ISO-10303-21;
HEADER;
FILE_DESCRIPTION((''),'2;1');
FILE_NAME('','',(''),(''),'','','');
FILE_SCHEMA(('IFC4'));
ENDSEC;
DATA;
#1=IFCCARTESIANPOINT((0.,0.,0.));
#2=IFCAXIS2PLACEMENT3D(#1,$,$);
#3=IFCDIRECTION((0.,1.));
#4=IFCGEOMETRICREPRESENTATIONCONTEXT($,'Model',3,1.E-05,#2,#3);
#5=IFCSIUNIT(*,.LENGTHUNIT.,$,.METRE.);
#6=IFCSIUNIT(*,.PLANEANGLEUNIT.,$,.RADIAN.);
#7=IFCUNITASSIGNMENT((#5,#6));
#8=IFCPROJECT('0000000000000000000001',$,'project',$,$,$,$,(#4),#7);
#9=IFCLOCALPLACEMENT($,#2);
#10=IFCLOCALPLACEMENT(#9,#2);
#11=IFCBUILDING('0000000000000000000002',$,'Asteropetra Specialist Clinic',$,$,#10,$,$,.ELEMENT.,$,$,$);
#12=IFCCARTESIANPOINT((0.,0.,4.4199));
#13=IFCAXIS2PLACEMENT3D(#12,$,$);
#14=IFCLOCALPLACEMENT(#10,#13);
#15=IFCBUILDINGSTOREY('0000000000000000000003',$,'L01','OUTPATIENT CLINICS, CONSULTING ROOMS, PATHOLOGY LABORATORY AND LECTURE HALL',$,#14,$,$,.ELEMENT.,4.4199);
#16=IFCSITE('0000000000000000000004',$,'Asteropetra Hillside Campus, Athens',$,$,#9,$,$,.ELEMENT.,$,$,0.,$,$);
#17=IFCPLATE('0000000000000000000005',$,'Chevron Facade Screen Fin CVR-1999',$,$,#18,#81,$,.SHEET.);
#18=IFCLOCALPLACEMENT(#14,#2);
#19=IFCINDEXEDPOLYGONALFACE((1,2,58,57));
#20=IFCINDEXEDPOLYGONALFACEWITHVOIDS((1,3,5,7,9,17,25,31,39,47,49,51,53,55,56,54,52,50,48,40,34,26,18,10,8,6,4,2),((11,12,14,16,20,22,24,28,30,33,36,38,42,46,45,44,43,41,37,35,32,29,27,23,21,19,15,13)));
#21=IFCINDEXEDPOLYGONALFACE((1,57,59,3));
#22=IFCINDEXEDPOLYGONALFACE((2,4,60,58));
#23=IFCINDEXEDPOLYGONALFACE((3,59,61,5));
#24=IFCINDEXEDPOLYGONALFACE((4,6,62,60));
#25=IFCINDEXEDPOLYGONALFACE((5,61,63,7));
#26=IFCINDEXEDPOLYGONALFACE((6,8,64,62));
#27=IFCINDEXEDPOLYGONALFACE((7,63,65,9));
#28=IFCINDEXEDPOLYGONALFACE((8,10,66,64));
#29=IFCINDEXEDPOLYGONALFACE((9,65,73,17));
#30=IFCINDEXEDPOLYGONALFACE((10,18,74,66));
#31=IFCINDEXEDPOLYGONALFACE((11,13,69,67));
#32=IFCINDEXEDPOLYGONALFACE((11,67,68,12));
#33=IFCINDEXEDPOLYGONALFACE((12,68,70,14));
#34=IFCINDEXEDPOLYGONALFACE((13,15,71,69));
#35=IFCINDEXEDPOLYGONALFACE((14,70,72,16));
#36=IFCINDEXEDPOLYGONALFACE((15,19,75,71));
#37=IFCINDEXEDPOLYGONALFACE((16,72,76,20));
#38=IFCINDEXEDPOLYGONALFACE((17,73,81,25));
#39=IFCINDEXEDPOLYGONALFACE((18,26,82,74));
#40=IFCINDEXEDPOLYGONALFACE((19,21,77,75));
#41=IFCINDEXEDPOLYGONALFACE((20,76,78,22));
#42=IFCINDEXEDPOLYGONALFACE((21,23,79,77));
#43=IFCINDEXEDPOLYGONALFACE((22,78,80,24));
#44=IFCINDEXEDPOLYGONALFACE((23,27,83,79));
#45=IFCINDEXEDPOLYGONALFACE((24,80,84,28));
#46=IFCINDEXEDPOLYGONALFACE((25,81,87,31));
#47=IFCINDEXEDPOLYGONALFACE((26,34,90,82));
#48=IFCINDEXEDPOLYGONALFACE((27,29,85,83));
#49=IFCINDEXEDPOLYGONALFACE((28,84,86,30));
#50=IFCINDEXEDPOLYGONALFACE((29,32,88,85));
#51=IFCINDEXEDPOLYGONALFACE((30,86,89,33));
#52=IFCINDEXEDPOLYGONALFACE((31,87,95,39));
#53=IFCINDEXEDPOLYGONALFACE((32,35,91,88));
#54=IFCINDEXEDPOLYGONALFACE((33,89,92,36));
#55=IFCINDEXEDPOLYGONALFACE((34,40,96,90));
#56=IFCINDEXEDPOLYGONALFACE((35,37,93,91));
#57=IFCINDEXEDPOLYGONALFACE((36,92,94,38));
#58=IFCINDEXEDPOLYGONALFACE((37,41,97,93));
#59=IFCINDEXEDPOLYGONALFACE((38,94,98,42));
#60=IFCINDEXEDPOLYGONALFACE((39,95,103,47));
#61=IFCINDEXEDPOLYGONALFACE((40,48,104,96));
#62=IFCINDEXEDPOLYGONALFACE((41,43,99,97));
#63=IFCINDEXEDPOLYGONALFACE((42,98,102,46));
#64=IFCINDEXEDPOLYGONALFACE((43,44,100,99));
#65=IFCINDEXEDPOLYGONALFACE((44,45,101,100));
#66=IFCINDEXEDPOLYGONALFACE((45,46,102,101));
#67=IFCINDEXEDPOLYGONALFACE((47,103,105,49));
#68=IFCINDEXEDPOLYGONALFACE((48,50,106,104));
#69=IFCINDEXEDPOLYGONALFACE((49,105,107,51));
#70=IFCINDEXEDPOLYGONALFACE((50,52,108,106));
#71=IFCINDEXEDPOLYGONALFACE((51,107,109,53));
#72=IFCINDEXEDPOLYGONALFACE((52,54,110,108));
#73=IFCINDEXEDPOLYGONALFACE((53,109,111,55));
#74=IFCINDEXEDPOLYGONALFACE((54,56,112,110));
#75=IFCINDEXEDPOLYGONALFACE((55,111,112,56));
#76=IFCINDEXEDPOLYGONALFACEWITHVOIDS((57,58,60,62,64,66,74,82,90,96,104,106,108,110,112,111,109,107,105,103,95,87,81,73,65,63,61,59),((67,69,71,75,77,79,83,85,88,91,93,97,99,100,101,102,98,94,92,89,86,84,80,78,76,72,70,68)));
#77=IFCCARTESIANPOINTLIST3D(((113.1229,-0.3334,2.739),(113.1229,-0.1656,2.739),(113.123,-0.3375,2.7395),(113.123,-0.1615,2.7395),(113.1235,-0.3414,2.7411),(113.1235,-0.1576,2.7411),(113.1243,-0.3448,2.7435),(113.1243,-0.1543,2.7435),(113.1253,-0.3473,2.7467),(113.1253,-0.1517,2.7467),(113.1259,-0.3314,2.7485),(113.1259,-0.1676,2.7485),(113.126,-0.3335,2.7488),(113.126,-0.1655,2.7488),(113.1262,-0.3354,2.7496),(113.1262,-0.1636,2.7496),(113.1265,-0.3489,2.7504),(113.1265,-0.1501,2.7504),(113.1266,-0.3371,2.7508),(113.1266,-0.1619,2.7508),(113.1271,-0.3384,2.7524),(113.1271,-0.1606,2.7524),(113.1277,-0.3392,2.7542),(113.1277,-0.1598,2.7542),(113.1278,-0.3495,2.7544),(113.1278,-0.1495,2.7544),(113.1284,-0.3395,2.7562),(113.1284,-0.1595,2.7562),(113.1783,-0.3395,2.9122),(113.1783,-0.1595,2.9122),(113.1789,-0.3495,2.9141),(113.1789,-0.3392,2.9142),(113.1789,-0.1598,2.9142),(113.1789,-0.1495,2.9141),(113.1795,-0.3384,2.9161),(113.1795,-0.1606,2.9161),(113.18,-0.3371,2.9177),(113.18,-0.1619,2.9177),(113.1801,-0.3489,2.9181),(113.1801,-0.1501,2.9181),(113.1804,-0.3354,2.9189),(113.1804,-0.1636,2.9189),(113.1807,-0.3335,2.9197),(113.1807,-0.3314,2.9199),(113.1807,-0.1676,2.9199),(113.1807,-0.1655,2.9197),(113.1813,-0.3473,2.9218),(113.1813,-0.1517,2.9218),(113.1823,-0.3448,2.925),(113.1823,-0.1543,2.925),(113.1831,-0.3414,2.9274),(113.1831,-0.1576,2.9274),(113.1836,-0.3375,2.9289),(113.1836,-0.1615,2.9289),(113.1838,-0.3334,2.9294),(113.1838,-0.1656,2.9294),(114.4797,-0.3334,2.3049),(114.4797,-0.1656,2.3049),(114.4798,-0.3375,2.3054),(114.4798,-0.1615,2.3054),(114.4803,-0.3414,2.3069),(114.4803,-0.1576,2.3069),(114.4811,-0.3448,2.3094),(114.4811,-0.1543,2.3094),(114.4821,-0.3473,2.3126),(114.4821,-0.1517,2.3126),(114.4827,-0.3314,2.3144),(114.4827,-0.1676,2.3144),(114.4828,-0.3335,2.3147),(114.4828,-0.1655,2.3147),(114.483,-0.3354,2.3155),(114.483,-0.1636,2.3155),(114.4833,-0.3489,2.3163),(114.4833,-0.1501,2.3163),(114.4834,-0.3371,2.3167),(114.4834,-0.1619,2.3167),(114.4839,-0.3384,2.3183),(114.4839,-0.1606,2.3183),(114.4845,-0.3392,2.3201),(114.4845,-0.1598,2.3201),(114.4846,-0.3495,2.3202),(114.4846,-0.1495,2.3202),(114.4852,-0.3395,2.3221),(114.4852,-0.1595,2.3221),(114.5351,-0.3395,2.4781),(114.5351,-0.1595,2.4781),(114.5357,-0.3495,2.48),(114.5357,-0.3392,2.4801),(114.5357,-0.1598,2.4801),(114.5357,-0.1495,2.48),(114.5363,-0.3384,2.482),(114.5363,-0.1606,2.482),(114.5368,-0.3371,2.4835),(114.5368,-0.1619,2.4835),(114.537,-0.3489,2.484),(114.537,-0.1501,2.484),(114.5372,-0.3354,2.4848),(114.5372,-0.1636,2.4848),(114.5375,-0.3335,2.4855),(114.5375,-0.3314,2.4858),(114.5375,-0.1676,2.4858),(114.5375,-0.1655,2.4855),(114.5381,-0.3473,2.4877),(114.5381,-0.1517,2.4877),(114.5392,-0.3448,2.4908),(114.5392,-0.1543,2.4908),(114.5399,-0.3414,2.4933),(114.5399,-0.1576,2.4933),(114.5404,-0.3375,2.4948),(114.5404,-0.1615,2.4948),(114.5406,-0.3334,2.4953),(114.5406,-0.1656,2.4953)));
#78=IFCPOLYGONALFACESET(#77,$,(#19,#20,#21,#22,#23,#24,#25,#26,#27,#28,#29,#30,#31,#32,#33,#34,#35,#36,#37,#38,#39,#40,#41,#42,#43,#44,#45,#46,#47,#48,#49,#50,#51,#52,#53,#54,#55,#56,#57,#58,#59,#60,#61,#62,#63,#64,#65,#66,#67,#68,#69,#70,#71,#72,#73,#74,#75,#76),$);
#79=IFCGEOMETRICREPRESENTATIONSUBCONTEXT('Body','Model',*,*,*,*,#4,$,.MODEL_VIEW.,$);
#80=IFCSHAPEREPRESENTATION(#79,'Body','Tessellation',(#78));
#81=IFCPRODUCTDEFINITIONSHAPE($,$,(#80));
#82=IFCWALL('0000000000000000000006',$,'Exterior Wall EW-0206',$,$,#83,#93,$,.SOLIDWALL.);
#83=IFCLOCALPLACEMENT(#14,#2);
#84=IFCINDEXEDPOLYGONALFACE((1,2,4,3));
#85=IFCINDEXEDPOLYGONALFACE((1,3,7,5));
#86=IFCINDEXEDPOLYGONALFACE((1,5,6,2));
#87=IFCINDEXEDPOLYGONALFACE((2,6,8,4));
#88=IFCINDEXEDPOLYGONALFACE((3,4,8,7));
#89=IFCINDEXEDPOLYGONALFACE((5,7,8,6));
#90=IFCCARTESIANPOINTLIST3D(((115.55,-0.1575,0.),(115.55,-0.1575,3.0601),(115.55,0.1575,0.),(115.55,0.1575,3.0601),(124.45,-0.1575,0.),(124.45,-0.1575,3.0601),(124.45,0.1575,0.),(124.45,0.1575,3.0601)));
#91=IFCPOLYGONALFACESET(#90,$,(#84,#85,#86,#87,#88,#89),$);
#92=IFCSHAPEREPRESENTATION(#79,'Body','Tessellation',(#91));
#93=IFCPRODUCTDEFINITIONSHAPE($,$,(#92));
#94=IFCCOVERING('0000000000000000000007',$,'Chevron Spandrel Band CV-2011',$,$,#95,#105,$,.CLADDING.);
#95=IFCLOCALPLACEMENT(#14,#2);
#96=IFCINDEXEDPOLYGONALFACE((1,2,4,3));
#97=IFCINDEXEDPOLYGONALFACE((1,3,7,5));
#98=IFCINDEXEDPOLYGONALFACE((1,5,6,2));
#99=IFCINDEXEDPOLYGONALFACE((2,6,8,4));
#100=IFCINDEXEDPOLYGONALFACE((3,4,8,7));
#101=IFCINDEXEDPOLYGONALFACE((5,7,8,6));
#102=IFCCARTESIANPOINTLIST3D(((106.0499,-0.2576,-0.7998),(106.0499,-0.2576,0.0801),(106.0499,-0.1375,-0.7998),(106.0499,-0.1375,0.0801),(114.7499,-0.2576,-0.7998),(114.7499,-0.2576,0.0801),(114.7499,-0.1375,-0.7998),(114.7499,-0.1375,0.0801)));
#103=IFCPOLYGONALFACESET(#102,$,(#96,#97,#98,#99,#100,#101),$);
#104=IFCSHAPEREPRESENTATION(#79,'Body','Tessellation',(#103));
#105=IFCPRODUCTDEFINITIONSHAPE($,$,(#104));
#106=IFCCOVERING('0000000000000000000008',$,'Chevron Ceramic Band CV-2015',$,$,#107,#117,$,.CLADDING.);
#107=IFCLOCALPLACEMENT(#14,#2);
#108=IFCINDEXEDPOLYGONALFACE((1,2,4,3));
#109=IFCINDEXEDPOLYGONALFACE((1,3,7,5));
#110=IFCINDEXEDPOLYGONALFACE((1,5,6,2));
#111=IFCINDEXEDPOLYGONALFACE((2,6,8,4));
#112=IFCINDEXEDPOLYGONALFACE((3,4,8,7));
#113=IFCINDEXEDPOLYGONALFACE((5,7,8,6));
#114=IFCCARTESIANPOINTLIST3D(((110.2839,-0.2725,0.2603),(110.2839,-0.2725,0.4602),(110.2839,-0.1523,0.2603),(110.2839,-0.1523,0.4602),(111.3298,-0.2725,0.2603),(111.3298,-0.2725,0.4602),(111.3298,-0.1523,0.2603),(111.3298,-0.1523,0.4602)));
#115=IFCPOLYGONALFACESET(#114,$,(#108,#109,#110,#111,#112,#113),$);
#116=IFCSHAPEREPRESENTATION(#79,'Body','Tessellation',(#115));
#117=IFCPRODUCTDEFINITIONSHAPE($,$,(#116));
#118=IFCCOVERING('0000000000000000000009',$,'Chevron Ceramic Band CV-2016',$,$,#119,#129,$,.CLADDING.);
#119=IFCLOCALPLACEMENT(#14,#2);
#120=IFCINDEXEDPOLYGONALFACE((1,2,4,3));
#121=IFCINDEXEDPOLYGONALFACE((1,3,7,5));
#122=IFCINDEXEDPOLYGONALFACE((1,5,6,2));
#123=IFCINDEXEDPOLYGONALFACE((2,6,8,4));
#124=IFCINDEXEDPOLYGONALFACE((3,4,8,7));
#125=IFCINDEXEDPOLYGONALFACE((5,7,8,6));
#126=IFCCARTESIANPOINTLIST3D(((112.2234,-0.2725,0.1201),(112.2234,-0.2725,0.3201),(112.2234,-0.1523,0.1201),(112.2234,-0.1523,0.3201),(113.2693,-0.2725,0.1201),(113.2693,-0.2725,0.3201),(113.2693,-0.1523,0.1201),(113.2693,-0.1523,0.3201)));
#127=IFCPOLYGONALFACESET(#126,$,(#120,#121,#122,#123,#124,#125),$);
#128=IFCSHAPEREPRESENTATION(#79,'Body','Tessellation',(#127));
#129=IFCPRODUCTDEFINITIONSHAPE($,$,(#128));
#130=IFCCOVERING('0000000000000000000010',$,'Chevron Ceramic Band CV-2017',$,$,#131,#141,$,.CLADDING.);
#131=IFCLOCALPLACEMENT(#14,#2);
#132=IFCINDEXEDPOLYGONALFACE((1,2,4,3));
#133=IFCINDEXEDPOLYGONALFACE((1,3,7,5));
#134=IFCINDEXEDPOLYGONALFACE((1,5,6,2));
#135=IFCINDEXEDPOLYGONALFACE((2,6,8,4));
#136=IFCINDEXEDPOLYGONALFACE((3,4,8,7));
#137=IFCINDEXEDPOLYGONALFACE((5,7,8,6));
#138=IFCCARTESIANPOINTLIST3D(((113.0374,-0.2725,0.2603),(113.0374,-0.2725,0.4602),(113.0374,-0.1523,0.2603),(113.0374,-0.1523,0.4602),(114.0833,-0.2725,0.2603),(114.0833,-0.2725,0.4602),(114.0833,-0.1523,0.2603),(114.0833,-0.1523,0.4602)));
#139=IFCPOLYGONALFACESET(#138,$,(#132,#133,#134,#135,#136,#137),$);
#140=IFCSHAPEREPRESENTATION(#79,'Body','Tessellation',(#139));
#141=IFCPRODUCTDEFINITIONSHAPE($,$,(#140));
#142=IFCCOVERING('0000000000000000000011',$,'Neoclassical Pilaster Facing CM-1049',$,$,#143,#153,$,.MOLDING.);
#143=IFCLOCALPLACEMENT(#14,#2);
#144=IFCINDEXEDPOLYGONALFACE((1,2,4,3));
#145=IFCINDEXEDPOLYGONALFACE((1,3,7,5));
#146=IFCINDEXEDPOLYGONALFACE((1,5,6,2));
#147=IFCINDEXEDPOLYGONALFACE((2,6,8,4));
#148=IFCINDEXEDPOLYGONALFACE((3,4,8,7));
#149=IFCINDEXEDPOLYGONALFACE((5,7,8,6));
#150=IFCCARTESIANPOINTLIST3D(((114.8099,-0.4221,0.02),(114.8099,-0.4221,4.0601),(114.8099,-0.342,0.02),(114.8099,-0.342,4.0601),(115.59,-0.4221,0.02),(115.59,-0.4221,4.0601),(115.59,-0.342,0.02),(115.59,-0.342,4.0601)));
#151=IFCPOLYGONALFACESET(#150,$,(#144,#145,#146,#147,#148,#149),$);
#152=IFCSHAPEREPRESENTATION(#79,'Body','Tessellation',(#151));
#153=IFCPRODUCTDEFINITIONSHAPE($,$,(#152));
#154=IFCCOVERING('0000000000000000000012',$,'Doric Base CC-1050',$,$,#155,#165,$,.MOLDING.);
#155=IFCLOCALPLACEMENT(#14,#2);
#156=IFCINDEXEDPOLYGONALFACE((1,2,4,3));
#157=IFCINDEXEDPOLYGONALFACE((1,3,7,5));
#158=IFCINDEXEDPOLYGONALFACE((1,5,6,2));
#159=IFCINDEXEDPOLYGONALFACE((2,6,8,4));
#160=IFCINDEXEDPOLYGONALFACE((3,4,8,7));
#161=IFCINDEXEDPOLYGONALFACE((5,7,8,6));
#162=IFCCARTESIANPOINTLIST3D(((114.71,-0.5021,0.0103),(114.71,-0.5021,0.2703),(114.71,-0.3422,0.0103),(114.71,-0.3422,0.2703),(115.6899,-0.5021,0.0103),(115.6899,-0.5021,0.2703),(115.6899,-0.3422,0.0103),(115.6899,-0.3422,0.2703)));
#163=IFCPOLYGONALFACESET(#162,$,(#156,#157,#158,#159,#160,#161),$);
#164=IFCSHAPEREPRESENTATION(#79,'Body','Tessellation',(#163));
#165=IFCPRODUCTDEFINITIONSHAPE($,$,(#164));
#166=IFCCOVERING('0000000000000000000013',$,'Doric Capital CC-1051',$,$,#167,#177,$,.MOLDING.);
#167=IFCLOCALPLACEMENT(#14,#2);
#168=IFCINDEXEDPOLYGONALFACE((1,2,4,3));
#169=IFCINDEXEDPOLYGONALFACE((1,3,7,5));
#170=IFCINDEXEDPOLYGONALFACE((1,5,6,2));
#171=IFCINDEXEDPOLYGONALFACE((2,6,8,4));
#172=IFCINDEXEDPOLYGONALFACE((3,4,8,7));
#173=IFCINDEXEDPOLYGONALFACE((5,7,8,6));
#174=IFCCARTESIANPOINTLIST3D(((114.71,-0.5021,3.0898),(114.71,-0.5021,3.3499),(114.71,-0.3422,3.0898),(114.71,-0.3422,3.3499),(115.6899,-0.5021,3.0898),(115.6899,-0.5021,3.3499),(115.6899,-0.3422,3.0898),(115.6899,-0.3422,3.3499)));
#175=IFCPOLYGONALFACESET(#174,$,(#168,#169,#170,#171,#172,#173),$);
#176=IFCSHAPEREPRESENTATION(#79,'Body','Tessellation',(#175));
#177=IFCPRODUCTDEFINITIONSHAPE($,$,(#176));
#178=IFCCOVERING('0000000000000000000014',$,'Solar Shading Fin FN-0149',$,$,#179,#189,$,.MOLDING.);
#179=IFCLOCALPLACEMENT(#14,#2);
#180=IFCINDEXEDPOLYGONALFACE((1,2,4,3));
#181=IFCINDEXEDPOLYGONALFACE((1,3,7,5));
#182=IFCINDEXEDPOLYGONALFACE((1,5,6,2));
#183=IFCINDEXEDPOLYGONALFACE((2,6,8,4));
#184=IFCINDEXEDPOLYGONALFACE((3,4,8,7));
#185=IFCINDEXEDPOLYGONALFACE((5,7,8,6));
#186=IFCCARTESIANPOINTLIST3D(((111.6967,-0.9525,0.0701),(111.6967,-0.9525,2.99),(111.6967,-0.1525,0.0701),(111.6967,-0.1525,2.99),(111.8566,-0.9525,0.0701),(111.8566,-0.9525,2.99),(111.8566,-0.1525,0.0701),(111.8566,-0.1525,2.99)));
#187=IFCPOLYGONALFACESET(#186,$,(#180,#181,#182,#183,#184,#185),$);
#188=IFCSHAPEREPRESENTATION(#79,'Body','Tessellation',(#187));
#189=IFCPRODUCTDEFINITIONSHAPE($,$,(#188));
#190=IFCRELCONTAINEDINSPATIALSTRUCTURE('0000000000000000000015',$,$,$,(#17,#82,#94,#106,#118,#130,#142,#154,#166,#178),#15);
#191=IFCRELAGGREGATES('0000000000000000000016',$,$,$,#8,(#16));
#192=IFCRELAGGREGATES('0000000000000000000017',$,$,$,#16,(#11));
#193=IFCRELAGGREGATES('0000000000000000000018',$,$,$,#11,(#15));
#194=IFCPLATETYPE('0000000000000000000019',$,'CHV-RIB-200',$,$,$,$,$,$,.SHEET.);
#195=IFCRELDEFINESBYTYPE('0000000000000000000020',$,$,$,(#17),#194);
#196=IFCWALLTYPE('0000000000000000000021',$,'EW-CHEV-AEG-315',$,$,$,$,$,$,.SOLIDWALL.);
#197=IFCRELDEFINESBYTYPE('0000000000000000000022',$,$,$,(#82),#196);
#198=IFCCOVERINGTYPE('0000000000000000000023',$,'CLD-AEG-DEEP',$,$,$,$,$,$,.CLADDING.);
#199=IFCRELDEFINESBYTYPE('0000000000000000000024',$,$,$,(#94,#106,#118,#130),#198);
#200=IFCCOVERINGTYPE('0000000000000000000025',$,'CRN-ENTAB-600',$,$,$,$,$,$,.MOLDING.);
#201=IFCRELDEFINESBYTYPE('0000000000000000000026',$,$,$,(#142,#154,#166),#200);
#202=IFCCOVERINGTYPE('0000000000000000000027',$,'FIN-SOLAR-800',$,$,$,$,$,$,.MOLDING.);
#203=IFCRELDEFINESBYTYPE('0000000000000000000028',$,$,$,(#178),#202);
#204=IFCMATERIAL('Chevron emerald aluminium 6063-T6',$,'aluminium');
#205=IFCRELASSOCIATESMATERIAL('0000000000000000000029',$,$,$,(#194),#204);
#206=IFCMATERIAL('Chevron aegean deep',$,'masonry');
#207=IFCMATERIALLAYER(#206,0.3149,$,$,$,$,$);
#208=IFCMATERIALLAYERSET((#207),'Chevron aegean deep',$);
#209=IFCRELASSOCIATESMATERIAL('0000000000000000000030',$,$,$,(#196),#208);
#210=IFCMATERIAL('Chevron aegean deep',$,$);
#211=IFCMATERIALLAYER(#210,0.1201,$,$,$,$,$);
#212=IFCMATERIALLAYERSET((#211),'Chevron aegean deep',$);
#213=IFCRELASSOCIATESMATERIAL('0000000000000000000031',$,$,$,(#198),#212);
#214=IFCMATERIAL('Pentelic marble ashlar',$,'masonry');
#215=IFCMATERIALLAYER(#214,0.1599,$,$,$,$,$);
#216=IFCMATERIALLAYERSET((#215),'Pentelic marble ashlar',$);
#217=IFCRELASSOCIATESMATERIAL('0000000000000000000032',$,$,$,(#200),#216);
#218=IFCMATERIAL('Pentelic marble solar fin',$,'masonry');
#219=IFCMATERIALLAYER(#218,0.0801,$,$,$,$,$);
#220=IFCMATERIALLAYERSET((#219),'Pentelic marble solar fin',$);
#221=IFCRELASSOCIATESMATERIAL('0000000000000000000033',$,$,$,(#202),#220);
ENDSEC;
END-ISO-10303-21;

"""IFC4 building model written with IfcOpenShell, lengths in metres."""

from ifc_helpers import new_model, si_unit, direction, frame, frame_2d, origin, origin_2d, place, context, subcontext, project, spatial, rectangle, hollow_rectangle, extrude, material, layer, layer_set, material_profile, profile_set, type_object, element, save


model = new_model("IFC4")

# Units and contexts
model_context = context("Model", 3, precision=1e-05, world=origin(), true_north=direction((0.0, 1.0)))
body_context = subcontext(model_context, "Body", "Model", "MODEL_VIEW")
ifc_project = project(units=[si_unit("LENGTHUNIT", "METRE"), si_unit("PLANEANGLEUNIT", "RADIAN")], contexts=[model_context])

# Site, building, storey
site_placement = place(None, origin())
site = spatial("IfcSite", under=ifc_project, at=site_placement, Name="Asteropetra Hillside Campus, Athens", CompositionType="ELEMENT", RefElevation=0.0)
building_placement = place(site_placement, origin())
building = spatial("IfcBuilding", under=site, at=building_placement, Name="Asteropetra Specialist Clinic", CompositionType="ELEMENT")
storey_placement = place(building_placement, frame((0.0, 0.0, 4.4199)))
storey = spatial("IfcBuildingStorey", under=building, at=storey_placement, Name="L01", Description="OUTPATIENT CLINICS, CONSULTING ROOMS, PATHOLOGY LABORATORY AND LECTURE HALL", CompositionType="ELEMENT", Elevation=4.4199)

# Plate
ifc_material_1 = material(Name="Chevron emerald aluminium 6063-T6", Category="aluminium")
ifc_material_profile_1 = material_profile(ifc_material_1, hollow_rectangle(XDim=0.2, YDim=0.2, WallThickness=0.01, InnerFilletRadius=0.0081, OuterFilletRadius=0.0161, at=origin_2d()), Name="SHS 200x200x10.0")
ifc_profile_set_1 = profile_set([ifc_material_profile_1], Name="Chevron emerald aluminium 6063-T6")
plate_type = type_object("IfcPlateType", Name="CHV-RIB-200", PredefinedType="SHEET", material=ifc_profile_set_1)
for number, where, z_axis, x_axis, name in (
    (1, (113.1533, -0.2495, 2.8342), (0.952436, 0.0, -0.304738), (0.0, 1.0, 0.0), "Chevron Facade Screen Fin CVR-1999"),
):
    element("IfcPlate", number, at=place(storey_placement, frame(where, z_axis=z_axis, x_axis=x_axis)), inside=storey, type_object=plate_type, Name=name, PredefinedType="SHEET", context=body_context, shape_type="SweptSolid", body=[
        extrude(hollow_rectangle(XDim=0.2, YDim=0.2, WallThickness=0.01, InnerFilletRadius=0.0081, OuterFilletRadius=0.0161, at=origin_2d()), origin(), (0.0, 0.0, 1.0), 1.4246),
    ])

# Wall
ifc_material_2 = material(Name="Chevron aegean deep", Category="masonry")
ifc_layer_1 = layer(ifc_material_2, 0.3149)
ifc_layer_set_1 = layer_set([ifc_layer_1], Name="Chevron aegean deep")
wall_type = type_object("IfcWallType", Name="EW-CHEV-AEG-315", PredefinedType="SOLIDWALL", material=ifc_layer_set_1)
wall_placement = place(storey_placement, frame((115.55, 0.0, 0.0), z_axis=(0.0, 0.0, 1.0), x_axis=(1.0, 0.0, 0.0)))
element("IfcWall", 2, at=wall_placement, inside=storey, type_object=wall_type, Name="Exterior Wall EW-0206", PredefinedType="SOLIDWALL", context=body_context, shape_type="SweptSolid", body=[
    extrude(rectangle(XDim=8.8999, YDim=0.3149, at=frame_2d((4.45, 0.0))), origin(), (0.0, 0.0, 1.0), 3.0601),
])

# Coverings
ifc_material_3 = material(Name="Chevron aegean deep")
ifc_layer_2 = layer(ifc_material_3, 0.1201)
ifc_layer_set_2 = layer_set([ifc_layer_2], Name="Chevron aegean deep")
covering_type_1 = type_object("IfcCoveringType", Name="CLD-AEG-DEEP", PredefinedType="CLADDING", material=ifc_layer_set_2)
covering_1_placement = place(storey_placement, frame((110.3999, -0.1975, -0.7998), z_axis=(0.0, 0.0, 1.0), x_axis=(1.0, 0.0, 0.0)))
element("IfcCovering", 3, at=covering_1_placement, inside=storey, type_object=covering_type_1, Name="Chevron Spandrel Band CV-2011", PredefinedType="CLADDING", context=body_context, shape_type="SweptSolid", body=[
    extrude(rectangle(XDim=8.7, YDim=0.1201, at=origin_2d()), origin(), (0.0, 0.0, 1.0), 0.8799),
])
for number, where, z_axis, x_axis, name in (
    (4, (110.8069, -0.2124, 0.2603), (0.0, 0.0, 1.0), (1.0, 0.0, 0.0), "Chevron Ceramic Band CV-2015"),
    (5, (112.7463, -0.2124, 0.1201), (0.0, 0.0, 1.0), (1.0, 0.0, 0.0), "Chevron Ceramic Band CV-2016"),
    (6, (113.5603, -0.2124, 0.2603), (0.0, 0.0, 1.0), (1.0, 0.0, 0.0), "Chevron Ceramic Band CV-2017"),
):
    element("IfcCovering", number, at=place(storey_placement, frame(where, z_axis=z_axis, x_axis=x_axis)), inside=storey, type_object=covering_type_1, Name=name, PredefinedType="CLADDING", context=body_context, shape_type="SweptSolid", body=[
        extrude(rectangle(XDim=1.0459, YDim=0.1201, at=origin_2d()), origin(), (0.0, 0.0, 1.0), 0.2),
    ])
ifc_material_4 = material(Name="Pentelic marble ashlar", Category="masonry")
ifc_layer_3 = layer(ifc_material_4, 0.1599)
ifc_layer_set_3 = layer_set([ifc_layer_3], Name="Pentelic marble ashlar")
covering_type_2 = type_object("IfcCoveringType", Name="CRN-ENTAB-600", PredefinedType="MOLDING", material=ifc_layer_set_3)
covering_2_placement = place(storey_placement, frame((115.2, -0.3821, 0.02), z_axis=(0.0, 0.0, 1.0), x_axis=(1.0, 0.0, 0.0)))
element("IfcCovering", 7, at=covering_2_placement, inside=storey, type_object=covering_type_2, Name="Neoclassical Pilaster Facing CM-1049", PredefinedType="MOLDING", context=body_context, shape_type="SweptSolid", body=[
    extrude(rectangle(XDim=0.78, YDim=0.0801, at=origin_2d()), origin(), (0.0, 0.0, 1.0), 4.04),
])
for number, where, z_axis, x_axis, name in (
    (8, (115.2, -0.4221, 0.0103), (0.0, 0.0, 1.0), (1.0, 0.0, 0.0), "Doric Base CC-1050"),
    (9, (115.2, -0.4221, 3.0898), (0.0, 0.0, 1.0), (1.0, 0.0, 0.0), "Doric Capital CC-1051"),
):
    element("IfcCovering", number, at=place(storey_placement, frame(where, z_axis=z_axis, x_axis=x_axis)), inside=storey, type_object=covering_type_2, Name=name, PredefinedType="MOLDING", context=body_context, shape_type="SweptSolid", body=[
        extrude(rectangle(XDim=0.98, YDim=0.1599, at=origin_2d()), origin(), (0.0, 0.0, 1.0), 0.26),
    ])
ifc_material_5 = material(Name="Pentelic marble solar fin", Category="masonry")
ifc_layer_4 = layer(ifc_material_5, 0.0801)
ifc_layer_set_4 = layer_set([ifc_layer_4], Name="Pentelic marble solar fin")
covering_type_3 = type_object("IfcCoveringType", Name="FIN-SOLAR-800", PredefinedType="MOLDING", material=ifc_layer_set_4)
covering_3_placement = place(storey_placement, frame((111.7766, -0.5525, 0.0701), z_axis=(0.0, 0.0, 1.0), x_axis=(1.0, 0.0, 0.0)))
element("IfcCovering", 10, at=covering_3_placement, inside=storey, type_object=covering_type_3, Name="Solar Shading Fin FN-0149", PredefinedType="MOLDING", context=body_context, shape_type="SweptSolid", body=[
    extrude(rectangle(XDim=0.1599, YDim=0.8, at=origin_2d()), origin(), (0.0, 0.0, 1.0), 2.9199),
])

save(model, "model.ifc")
